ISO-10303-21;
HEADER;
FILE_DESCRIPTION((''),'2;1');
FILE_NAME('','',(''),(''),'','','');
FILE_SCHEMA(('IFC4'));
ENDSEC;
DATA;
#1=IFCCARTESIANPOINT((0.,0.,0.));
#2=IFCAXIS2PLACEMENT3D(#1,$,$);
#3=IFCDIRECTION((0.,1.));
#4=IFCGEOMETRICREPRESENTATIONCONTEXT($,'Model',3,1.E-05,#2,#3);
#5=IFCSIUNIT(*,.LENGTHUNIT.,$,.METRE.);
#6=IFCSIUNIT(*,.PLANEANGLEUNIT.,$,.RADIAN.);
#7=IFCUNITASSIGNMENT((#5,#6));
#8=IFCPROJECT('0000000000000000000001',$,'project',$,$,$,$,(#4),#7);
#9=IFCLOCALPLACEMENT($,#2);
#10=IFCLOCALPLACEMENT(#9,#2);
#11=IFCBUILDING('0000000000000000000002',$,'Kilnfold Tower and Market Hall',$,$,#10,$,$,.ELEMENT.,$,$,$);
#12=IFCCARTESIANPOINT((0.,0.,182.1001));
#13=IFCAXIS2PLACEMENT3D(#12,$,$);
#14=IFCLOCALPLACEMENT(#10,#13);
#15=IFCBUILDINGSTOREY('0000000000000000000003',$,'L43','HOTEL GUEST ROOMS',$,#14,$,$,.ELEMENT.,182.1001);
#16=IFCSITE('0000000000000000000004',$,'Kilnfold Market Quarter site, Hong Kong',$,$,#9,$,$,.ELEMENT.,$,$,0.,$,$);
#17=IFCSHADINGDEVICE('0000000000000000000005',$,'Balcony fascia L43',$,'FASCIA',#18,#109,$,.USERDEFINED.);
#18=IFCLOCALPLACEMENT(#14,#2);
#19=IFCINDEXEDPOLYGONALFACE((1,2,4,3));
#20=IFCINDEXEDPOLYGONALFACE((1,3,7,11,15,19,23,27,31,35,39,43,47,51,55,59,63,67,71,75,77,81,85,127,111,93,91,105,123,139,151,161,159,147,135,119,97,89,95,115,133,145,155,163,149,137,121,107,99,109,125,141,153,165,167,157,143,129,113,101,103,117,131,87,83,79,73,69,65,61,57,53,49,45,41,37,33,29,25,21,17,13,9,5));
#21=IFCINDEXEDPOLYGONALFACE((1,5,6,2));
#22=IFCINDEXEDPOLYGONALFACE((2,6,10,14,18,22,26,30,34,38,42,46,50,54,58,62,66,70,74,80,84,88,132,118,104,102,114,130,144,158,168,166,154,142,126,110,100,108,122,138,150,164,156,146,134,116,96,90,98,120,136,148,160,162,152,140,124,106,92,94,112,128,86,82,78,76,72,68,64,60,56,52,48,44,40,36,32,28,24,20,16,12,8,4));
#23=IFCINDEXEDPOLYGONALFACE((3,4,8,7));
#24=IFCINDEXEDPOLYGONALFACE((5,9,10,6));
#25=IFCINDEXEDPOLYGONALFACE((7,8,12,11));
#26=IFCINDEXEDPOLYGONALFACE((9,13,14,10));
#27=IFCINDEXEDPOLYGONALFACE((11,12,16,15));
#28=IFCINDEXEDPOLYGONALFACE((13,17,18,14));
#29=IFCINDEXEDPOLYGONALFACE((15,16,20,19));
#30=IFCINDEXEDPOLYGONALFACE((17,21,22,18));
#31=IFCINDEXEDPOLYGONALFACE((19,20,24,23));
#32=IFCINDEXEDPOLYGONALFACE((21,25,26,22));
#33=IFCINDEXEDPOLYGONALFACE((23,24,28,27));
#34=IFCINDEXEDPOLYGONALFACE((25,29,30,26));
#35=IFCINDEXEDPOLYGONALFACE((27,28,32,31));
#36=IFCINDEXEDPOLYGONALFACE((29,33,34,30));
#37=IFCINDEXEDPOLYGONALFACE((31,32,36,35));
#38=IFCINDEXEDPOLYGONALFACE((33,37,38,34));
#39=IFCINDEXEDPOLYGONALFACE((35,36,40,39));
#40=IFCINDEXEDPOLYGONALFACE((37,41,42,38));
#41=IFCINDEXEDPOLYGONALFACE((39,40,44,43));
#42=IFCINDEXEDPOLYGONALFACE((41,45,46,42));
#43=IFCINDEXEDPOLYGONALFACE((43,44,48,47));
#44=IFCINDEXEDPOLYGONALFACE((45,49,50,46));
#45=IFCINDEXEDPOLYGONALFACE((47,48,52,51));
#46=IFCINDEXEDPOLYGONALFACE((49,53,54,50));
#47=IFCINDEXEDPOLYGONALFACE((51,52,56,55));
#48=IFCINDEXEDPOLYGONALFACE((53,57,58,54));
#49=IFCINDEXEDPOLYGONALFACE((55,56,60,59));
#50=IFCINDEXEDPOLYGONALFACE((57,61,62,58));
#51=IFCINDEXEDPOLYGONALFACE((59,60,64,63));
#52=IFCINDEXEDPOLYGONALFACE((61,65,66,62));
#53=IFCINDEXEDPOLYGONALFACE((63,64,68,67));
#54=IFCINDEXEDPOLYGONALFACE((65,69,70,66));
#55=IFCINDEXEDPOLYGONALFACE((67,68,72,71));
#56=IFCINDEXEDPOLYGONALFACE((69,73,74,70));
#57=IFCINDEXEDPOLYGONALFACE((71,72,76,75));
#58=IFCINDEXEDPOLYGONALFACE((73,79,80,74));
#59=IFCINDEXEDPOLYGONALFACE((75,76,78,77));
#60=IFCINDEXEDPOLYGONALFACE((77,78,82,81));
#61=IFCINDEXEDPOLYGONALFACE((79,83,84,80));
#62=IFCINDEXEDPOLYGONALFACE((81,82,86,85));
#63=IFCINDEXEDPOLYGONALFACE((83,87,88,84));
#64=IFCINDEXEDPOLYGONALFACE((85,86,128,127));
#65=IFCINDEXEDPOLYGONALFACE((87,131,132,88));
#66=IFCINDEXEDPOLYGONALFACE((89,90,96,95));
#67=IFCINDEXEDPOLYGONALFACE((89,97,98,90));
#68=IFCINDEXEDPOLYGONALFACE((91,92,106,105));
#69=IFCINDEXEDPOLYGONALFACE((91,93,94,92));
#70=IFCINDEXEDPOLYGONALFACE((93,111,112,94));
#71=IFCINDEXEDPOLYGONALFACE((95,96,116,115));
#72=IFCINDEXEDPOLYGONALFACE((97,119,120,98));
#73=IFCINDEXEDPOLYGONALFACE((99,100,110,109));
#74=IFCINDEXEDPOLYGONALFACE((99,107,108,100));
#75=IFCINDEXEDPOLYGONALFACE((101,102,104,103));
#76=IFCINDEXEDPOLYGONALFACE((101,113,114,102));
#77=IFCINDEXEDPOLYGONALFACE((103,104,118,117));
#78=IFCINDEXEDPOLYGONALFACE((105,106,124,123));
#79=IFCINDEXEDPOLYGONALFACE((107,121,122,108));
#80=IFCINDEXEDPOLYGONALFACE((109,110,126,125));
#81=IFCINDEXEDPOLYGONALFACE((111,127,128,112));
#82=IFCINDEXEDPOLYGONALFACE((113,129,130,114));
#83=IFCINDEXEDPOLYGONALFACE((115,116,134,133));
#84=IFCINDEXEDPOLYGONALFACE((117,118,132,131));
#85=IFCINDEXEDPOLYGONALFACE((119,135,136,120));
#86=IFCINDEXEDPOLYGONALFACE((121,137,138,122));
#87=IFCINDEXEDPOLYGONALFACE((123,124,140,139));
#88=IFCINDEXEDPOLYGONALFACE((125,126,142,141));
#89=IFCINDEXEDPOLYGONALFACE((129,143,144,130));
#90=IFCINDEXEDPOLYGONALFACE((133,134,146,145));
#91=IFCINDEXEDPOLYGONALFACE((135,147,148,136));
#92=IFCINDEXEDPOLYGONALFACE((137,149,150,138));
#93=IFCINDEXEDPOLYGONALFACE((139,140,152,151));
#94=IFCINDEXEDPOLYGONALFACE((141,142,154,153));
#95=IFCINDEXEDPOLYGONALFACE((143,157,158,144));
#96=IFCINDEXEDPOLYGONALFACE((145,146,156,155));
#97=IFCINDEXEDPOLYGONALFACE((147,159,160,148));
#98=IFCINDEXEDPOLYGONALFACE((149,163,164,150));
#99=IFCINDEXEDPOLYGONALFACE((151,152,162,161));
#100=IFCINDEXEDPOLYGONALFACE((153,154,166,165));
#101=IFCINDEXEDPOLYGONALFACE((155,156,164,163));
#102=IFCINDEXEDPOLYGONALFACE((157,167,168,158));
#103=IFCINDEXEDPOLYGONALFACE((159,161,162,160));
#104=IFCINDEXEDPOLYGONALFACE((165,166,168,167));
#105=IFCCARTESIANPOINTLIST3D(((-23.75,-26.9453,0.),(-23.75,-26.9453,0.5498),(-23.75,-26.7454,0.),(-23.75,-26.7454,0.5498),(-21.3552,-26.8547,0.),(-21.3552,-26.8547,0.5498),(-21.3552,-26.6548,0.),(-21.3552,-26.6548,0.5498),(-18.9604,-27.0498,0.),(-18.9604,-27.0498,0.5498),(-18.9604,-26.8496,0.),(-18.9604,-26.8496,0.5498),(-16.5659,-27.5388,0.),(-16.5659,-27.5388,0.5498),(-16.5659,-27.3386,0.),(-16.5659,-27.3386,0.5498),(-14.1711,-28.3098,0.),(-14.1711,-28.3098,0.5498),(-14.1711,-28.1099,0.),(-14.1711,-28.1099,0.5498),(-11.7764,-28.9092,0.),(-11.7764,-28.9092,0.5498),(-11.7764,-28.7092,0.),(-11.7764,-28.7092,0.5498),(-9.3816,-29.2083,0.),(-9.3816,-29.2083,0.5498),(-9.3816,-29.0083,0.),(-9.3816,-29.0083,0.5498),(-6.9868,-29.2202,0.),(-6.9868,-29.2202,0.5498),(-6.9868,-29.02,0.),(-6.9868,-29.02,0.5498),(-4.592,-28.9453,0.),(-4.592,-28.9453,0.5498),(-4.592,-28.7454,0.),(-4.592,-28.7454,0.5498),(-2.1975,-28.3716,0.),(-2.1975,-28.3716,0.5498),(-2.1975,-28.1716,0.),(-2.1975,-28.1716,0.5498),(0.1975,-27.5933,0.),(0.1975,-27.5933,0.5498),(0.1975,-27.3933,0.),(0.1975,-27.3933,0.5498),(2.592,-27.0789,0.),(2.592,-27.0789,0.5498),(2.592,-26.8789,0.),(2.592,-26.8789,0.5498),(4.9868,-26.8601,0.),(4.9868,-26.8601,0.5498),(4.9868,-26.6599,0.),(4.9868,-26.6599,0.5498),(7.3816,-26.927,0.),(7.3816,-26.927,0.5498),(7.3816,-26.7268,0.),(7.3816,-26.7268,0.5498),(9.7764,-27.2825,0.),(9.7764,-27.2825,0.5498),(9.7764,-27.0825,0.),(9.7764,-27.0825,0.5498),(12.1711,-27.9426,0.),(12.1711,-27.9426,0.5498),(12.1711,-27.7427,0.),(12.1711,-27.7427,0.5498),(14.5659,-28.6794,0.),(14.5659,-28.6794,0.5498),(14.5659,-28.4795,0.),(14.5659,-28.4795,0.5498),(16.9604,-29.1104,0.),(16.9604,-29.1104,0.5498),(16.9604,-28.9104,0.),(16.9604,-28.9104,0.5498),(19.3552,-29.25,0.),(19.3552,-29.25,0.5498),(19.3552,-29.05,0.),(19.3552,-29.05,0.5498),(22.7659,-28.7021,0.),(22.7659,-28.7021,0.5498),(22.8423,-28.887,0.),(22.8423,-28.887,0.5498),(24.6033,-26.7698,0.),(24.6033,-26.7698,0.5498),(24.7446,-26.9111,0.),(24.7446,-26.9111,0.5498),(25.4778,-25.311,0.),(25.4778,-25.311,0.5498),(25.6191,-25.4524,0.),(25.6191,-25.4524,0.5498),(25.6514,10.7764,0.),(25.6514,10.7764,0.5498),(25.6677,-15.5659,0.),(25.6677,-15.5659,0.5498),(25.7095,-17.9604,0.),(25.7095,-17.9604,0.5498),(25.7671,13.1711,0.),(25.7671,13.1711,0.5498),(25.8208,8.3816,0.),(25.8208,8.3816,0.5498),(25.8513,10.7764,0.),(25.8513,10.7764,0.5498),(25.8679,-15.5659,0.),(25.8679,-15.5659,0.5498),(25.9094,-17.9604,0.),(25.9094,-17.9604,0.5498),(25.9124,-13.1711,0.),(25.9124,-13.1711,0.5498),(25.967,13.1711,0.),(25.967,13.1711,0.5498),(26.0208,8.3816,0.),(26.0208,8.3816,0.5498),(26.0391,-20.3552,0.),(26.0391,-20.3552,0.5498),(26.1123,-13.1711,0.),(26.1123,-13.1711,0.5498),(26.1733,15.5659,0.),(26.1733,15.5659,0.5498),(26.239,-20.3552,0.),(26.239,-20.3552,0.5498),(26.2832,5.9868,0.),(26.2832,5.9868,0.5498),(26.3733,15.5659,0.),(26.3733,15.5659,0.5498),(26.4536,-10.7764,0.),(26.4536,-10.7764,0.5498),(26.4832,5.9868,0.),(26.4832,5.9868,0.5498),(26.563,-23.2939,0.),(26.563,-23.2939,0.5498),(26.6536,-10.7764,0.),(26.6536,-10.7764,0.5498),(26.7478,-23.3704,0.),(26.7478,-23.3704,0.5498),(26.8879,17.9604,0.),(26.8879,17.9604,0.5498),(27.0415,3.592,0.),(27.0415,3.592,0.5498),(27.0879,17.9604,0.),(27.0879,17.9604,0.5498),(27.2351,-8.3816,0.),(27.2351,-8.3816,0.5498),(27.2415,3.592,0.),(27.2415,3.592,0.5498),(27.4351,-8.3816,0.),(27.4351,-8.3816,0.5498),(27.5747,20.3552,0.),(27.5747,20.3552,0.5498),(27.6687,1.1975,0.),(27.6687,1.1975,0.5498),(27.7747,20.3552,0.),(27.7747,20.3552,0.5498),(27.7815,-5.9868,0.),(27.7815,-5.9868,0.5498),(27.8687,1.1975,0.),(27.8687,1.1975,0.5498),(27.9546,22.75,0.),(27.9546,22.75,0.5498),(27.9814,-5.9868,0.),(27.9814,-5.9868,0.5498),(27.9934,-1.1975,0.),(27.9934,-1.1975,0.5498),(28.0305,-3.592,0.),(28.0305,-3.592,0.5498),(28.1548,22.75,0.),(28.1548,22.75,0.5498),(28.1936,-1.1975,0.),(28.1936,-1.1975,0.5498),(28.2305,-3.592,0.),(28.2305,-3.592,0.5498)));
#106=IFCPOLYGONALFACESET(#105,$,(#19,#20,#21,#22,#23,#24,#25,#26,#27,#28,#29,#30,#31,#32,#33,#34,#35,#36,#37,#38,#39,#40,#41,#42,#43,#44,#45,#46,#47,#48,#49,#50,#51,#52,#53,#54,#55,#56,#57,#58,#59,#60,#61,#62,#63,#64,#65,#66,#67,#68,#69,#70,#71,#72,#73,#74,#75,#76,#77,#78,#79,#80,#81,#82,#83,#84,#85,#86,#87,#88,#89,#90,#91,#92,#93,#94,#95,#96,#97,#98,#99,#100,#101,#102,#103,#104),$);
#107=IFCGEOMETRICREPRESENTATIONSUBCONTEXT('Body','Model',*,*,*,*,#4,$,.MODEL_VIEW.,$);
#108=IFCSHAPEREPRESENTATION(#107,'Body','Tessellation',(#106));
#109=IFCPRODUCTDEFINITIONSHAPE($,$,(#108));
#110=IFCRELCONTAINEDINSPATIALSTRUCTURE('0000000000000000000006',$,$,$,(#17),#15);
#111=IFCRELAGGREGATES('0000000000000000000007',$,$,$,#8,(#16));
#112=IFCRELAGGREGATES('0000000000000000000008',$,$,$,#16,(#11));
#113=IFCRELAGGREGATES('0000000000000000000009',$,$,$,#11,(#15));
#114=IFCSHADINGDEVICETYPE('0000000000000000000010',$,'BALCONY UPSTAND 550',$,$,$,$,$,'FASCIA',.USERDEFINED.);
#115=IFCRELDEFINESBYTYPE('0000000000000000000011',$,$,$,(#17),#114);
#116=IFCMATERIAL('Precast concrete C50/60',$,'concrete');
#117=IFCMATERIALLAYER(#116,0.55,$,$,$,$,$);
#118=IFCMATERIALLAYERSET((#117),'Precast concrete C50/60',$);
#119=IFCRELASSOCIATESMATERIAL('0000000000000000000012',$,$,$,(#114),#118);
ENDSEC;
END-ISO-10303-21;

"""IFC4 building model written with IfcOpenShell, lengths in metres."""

from ifc_helpers import new_model, si_unit, direction, frame, origin, place, context, subcontext, project, spatial, polyline, outline, extrude, source, transform, mapped, material, layer, layer_set, type_object, element, save


model = new_model("IFC4")

# Units and contexts
model_context = context("Model", 3, precision=1e-05, world=origin(), true_north=direction((0.0, 1.0)))
body_context = subcontext(model_context, "Body", "Model", "MODEL_VIEW")
ifc_project = project(units=[si_unit("LENGTHUNIT", "METRE"), si_unit("PLANEANGLEUNIT", "RADIAN")], contexts=[model_context])

# Site, building, storey
site_placement = place(None, origin())
site = spatial("IfcSite", under=ifc_project, at=site_placement, Name="Kilnfold Market Quarter site, Hong Kong", CompositionType="ELEMENT", RefElevation=0.0)
building_placement = place(site_placement, origin())
building = spatial("IfcBuilding", under=site, at=building_placement, Name="Kilnfold Tower and Market Hall", CompositionType="ELEMENT")
storey_placement = place(building_placement, frame((0.0, 0.0, 182.1001)))
storey = spatial("IfcBuildingStorey", under=building, at=storey_placement, Name="L43", Description="HOTEL GUEST ROOMS", CompositionType="ELEMENT", Elevation=182.1001)

# Shading device
ifc_material_1 = material(Name="Precast concrete C50/60", Category="concrete")
ifc_layer_1 = layer(ifc_material_1, 0.55)
ifc_layer_set_1 = layer_set([ifc_layer_1], Name="Precast concrete C50/60")
shading_device_type_1 = type_object("IfcShadingDeviceType", Name="BALCONY UPSTAND 550", ElementType="FASCIA", PredefinedType="USERDEFINED", material=ifc_layer_set_1)
shared_shape_1 = source(origin(), body_context, "Body", "SweptSolid", [
    extrude(outline(polyline([(-23.75, -26.9453), (-21.3552, -26.8547), (-18.9604, -27.0498), (-16.5659, -27.5388), (-14.1711, -28.3098), (-11.7764, -28.9092), (-9.3816, -29.2083), (-6.9868, -29.2202), (-4.592, -28.9453), (-2.1975, -28.3716), (0.1975, -27.5933), (2.592, -27.0789), (4.9868, -26.8601), (7.3816, -26.927), (9.7764, -27.2825), (12.1711, -27.9426), (14.5659, -28.6794), (16.9604, -29.1104), (19.3552, -29.25), (22.8423, -28.887), (24.7446, -26.9111), (25.6191, -25.4524), (26.7478, -23.3704), (26.239, -20.3552), (25.9094, -17.9604), (25.8679, -15.5659), (26.1123, -13.1711), (26.6536, -10.7764), (27.4351, -8.3816), (27.9814, -5.9868), (28.2305, -3.592), (28.1936, -1.1975), (27.8687, 1.1975), (27.2415, 3.592), (26.4832, 5.9868), (26.0208, 8.3816), (25.8513, 10.7764), (25.967, 13.1711), (26.3733, 15.5659), (27.0879, 17.9604), (27.7747, 20.3552), (28.1548, 22.75), (27.9546, 22.75), (27.5747, 20.3552), (26.8879, 17.9604), (26.1733, 15.5659), (25.7671, 13.1711), (25.6514, 10.7764), (25.8208, 8.3816), (26.2832, 5.9868), (27.0415, 3.592), (27.6687, 1.1975), (27.9934, -1.1975), (28.0305, -3.592), (27.7815, -5.9868), (27.2351, -8.3816), (26.4536, -10.7764), (25.9124, -13.1711), (25.6677, -15.5659), (25.7095, -17.9604), (26.0391, -20.3552), (26.563, -23.2939), (25.4778, -25.311), (24.6033, -26.7698), (22.7659, -28.7021), (19.3552, -29.05), (16.9604, -28.9104), (14.5659, -28.4795), (12.1711, -27.7427), (9.7764, -27.0825), (7.3816, -26.7268), (4.9868, -26.6599), (2.592, -26.8789), (0.1975, -27.3933), (-2.1975, -28.1716), (-4.592, -28.7454), (-6.9868, -29.02), (-9.3816, -29.0083), (-11.7764, -28.7092), (-14.1711, -28.1099), (-16.5659, -27.3386), (-18.9604, -26.8496), (-21.3552, -26.6548), (-23.75, -26.7454), (-23.75, -26.9453)])), origin(), (0.0, 0.0, 1.0), 0.5498),
])
shading_device_1_placement = place(storey_placement, origin())
element("IfcShadingDevice", 1, at=shading_device_1_placement, inside=storey, type_object=shading_device_type_1, Name="Balcony fascia L43", ObjectType="FASCIA", PredefinedType="USERDEFINED", context=body_context, shape_type="MappedRepresentation", body=[
    mapped(shared_shape_1, transform((0.0, 0.0, 0.0))),
])

save(model, "model.ifc")
